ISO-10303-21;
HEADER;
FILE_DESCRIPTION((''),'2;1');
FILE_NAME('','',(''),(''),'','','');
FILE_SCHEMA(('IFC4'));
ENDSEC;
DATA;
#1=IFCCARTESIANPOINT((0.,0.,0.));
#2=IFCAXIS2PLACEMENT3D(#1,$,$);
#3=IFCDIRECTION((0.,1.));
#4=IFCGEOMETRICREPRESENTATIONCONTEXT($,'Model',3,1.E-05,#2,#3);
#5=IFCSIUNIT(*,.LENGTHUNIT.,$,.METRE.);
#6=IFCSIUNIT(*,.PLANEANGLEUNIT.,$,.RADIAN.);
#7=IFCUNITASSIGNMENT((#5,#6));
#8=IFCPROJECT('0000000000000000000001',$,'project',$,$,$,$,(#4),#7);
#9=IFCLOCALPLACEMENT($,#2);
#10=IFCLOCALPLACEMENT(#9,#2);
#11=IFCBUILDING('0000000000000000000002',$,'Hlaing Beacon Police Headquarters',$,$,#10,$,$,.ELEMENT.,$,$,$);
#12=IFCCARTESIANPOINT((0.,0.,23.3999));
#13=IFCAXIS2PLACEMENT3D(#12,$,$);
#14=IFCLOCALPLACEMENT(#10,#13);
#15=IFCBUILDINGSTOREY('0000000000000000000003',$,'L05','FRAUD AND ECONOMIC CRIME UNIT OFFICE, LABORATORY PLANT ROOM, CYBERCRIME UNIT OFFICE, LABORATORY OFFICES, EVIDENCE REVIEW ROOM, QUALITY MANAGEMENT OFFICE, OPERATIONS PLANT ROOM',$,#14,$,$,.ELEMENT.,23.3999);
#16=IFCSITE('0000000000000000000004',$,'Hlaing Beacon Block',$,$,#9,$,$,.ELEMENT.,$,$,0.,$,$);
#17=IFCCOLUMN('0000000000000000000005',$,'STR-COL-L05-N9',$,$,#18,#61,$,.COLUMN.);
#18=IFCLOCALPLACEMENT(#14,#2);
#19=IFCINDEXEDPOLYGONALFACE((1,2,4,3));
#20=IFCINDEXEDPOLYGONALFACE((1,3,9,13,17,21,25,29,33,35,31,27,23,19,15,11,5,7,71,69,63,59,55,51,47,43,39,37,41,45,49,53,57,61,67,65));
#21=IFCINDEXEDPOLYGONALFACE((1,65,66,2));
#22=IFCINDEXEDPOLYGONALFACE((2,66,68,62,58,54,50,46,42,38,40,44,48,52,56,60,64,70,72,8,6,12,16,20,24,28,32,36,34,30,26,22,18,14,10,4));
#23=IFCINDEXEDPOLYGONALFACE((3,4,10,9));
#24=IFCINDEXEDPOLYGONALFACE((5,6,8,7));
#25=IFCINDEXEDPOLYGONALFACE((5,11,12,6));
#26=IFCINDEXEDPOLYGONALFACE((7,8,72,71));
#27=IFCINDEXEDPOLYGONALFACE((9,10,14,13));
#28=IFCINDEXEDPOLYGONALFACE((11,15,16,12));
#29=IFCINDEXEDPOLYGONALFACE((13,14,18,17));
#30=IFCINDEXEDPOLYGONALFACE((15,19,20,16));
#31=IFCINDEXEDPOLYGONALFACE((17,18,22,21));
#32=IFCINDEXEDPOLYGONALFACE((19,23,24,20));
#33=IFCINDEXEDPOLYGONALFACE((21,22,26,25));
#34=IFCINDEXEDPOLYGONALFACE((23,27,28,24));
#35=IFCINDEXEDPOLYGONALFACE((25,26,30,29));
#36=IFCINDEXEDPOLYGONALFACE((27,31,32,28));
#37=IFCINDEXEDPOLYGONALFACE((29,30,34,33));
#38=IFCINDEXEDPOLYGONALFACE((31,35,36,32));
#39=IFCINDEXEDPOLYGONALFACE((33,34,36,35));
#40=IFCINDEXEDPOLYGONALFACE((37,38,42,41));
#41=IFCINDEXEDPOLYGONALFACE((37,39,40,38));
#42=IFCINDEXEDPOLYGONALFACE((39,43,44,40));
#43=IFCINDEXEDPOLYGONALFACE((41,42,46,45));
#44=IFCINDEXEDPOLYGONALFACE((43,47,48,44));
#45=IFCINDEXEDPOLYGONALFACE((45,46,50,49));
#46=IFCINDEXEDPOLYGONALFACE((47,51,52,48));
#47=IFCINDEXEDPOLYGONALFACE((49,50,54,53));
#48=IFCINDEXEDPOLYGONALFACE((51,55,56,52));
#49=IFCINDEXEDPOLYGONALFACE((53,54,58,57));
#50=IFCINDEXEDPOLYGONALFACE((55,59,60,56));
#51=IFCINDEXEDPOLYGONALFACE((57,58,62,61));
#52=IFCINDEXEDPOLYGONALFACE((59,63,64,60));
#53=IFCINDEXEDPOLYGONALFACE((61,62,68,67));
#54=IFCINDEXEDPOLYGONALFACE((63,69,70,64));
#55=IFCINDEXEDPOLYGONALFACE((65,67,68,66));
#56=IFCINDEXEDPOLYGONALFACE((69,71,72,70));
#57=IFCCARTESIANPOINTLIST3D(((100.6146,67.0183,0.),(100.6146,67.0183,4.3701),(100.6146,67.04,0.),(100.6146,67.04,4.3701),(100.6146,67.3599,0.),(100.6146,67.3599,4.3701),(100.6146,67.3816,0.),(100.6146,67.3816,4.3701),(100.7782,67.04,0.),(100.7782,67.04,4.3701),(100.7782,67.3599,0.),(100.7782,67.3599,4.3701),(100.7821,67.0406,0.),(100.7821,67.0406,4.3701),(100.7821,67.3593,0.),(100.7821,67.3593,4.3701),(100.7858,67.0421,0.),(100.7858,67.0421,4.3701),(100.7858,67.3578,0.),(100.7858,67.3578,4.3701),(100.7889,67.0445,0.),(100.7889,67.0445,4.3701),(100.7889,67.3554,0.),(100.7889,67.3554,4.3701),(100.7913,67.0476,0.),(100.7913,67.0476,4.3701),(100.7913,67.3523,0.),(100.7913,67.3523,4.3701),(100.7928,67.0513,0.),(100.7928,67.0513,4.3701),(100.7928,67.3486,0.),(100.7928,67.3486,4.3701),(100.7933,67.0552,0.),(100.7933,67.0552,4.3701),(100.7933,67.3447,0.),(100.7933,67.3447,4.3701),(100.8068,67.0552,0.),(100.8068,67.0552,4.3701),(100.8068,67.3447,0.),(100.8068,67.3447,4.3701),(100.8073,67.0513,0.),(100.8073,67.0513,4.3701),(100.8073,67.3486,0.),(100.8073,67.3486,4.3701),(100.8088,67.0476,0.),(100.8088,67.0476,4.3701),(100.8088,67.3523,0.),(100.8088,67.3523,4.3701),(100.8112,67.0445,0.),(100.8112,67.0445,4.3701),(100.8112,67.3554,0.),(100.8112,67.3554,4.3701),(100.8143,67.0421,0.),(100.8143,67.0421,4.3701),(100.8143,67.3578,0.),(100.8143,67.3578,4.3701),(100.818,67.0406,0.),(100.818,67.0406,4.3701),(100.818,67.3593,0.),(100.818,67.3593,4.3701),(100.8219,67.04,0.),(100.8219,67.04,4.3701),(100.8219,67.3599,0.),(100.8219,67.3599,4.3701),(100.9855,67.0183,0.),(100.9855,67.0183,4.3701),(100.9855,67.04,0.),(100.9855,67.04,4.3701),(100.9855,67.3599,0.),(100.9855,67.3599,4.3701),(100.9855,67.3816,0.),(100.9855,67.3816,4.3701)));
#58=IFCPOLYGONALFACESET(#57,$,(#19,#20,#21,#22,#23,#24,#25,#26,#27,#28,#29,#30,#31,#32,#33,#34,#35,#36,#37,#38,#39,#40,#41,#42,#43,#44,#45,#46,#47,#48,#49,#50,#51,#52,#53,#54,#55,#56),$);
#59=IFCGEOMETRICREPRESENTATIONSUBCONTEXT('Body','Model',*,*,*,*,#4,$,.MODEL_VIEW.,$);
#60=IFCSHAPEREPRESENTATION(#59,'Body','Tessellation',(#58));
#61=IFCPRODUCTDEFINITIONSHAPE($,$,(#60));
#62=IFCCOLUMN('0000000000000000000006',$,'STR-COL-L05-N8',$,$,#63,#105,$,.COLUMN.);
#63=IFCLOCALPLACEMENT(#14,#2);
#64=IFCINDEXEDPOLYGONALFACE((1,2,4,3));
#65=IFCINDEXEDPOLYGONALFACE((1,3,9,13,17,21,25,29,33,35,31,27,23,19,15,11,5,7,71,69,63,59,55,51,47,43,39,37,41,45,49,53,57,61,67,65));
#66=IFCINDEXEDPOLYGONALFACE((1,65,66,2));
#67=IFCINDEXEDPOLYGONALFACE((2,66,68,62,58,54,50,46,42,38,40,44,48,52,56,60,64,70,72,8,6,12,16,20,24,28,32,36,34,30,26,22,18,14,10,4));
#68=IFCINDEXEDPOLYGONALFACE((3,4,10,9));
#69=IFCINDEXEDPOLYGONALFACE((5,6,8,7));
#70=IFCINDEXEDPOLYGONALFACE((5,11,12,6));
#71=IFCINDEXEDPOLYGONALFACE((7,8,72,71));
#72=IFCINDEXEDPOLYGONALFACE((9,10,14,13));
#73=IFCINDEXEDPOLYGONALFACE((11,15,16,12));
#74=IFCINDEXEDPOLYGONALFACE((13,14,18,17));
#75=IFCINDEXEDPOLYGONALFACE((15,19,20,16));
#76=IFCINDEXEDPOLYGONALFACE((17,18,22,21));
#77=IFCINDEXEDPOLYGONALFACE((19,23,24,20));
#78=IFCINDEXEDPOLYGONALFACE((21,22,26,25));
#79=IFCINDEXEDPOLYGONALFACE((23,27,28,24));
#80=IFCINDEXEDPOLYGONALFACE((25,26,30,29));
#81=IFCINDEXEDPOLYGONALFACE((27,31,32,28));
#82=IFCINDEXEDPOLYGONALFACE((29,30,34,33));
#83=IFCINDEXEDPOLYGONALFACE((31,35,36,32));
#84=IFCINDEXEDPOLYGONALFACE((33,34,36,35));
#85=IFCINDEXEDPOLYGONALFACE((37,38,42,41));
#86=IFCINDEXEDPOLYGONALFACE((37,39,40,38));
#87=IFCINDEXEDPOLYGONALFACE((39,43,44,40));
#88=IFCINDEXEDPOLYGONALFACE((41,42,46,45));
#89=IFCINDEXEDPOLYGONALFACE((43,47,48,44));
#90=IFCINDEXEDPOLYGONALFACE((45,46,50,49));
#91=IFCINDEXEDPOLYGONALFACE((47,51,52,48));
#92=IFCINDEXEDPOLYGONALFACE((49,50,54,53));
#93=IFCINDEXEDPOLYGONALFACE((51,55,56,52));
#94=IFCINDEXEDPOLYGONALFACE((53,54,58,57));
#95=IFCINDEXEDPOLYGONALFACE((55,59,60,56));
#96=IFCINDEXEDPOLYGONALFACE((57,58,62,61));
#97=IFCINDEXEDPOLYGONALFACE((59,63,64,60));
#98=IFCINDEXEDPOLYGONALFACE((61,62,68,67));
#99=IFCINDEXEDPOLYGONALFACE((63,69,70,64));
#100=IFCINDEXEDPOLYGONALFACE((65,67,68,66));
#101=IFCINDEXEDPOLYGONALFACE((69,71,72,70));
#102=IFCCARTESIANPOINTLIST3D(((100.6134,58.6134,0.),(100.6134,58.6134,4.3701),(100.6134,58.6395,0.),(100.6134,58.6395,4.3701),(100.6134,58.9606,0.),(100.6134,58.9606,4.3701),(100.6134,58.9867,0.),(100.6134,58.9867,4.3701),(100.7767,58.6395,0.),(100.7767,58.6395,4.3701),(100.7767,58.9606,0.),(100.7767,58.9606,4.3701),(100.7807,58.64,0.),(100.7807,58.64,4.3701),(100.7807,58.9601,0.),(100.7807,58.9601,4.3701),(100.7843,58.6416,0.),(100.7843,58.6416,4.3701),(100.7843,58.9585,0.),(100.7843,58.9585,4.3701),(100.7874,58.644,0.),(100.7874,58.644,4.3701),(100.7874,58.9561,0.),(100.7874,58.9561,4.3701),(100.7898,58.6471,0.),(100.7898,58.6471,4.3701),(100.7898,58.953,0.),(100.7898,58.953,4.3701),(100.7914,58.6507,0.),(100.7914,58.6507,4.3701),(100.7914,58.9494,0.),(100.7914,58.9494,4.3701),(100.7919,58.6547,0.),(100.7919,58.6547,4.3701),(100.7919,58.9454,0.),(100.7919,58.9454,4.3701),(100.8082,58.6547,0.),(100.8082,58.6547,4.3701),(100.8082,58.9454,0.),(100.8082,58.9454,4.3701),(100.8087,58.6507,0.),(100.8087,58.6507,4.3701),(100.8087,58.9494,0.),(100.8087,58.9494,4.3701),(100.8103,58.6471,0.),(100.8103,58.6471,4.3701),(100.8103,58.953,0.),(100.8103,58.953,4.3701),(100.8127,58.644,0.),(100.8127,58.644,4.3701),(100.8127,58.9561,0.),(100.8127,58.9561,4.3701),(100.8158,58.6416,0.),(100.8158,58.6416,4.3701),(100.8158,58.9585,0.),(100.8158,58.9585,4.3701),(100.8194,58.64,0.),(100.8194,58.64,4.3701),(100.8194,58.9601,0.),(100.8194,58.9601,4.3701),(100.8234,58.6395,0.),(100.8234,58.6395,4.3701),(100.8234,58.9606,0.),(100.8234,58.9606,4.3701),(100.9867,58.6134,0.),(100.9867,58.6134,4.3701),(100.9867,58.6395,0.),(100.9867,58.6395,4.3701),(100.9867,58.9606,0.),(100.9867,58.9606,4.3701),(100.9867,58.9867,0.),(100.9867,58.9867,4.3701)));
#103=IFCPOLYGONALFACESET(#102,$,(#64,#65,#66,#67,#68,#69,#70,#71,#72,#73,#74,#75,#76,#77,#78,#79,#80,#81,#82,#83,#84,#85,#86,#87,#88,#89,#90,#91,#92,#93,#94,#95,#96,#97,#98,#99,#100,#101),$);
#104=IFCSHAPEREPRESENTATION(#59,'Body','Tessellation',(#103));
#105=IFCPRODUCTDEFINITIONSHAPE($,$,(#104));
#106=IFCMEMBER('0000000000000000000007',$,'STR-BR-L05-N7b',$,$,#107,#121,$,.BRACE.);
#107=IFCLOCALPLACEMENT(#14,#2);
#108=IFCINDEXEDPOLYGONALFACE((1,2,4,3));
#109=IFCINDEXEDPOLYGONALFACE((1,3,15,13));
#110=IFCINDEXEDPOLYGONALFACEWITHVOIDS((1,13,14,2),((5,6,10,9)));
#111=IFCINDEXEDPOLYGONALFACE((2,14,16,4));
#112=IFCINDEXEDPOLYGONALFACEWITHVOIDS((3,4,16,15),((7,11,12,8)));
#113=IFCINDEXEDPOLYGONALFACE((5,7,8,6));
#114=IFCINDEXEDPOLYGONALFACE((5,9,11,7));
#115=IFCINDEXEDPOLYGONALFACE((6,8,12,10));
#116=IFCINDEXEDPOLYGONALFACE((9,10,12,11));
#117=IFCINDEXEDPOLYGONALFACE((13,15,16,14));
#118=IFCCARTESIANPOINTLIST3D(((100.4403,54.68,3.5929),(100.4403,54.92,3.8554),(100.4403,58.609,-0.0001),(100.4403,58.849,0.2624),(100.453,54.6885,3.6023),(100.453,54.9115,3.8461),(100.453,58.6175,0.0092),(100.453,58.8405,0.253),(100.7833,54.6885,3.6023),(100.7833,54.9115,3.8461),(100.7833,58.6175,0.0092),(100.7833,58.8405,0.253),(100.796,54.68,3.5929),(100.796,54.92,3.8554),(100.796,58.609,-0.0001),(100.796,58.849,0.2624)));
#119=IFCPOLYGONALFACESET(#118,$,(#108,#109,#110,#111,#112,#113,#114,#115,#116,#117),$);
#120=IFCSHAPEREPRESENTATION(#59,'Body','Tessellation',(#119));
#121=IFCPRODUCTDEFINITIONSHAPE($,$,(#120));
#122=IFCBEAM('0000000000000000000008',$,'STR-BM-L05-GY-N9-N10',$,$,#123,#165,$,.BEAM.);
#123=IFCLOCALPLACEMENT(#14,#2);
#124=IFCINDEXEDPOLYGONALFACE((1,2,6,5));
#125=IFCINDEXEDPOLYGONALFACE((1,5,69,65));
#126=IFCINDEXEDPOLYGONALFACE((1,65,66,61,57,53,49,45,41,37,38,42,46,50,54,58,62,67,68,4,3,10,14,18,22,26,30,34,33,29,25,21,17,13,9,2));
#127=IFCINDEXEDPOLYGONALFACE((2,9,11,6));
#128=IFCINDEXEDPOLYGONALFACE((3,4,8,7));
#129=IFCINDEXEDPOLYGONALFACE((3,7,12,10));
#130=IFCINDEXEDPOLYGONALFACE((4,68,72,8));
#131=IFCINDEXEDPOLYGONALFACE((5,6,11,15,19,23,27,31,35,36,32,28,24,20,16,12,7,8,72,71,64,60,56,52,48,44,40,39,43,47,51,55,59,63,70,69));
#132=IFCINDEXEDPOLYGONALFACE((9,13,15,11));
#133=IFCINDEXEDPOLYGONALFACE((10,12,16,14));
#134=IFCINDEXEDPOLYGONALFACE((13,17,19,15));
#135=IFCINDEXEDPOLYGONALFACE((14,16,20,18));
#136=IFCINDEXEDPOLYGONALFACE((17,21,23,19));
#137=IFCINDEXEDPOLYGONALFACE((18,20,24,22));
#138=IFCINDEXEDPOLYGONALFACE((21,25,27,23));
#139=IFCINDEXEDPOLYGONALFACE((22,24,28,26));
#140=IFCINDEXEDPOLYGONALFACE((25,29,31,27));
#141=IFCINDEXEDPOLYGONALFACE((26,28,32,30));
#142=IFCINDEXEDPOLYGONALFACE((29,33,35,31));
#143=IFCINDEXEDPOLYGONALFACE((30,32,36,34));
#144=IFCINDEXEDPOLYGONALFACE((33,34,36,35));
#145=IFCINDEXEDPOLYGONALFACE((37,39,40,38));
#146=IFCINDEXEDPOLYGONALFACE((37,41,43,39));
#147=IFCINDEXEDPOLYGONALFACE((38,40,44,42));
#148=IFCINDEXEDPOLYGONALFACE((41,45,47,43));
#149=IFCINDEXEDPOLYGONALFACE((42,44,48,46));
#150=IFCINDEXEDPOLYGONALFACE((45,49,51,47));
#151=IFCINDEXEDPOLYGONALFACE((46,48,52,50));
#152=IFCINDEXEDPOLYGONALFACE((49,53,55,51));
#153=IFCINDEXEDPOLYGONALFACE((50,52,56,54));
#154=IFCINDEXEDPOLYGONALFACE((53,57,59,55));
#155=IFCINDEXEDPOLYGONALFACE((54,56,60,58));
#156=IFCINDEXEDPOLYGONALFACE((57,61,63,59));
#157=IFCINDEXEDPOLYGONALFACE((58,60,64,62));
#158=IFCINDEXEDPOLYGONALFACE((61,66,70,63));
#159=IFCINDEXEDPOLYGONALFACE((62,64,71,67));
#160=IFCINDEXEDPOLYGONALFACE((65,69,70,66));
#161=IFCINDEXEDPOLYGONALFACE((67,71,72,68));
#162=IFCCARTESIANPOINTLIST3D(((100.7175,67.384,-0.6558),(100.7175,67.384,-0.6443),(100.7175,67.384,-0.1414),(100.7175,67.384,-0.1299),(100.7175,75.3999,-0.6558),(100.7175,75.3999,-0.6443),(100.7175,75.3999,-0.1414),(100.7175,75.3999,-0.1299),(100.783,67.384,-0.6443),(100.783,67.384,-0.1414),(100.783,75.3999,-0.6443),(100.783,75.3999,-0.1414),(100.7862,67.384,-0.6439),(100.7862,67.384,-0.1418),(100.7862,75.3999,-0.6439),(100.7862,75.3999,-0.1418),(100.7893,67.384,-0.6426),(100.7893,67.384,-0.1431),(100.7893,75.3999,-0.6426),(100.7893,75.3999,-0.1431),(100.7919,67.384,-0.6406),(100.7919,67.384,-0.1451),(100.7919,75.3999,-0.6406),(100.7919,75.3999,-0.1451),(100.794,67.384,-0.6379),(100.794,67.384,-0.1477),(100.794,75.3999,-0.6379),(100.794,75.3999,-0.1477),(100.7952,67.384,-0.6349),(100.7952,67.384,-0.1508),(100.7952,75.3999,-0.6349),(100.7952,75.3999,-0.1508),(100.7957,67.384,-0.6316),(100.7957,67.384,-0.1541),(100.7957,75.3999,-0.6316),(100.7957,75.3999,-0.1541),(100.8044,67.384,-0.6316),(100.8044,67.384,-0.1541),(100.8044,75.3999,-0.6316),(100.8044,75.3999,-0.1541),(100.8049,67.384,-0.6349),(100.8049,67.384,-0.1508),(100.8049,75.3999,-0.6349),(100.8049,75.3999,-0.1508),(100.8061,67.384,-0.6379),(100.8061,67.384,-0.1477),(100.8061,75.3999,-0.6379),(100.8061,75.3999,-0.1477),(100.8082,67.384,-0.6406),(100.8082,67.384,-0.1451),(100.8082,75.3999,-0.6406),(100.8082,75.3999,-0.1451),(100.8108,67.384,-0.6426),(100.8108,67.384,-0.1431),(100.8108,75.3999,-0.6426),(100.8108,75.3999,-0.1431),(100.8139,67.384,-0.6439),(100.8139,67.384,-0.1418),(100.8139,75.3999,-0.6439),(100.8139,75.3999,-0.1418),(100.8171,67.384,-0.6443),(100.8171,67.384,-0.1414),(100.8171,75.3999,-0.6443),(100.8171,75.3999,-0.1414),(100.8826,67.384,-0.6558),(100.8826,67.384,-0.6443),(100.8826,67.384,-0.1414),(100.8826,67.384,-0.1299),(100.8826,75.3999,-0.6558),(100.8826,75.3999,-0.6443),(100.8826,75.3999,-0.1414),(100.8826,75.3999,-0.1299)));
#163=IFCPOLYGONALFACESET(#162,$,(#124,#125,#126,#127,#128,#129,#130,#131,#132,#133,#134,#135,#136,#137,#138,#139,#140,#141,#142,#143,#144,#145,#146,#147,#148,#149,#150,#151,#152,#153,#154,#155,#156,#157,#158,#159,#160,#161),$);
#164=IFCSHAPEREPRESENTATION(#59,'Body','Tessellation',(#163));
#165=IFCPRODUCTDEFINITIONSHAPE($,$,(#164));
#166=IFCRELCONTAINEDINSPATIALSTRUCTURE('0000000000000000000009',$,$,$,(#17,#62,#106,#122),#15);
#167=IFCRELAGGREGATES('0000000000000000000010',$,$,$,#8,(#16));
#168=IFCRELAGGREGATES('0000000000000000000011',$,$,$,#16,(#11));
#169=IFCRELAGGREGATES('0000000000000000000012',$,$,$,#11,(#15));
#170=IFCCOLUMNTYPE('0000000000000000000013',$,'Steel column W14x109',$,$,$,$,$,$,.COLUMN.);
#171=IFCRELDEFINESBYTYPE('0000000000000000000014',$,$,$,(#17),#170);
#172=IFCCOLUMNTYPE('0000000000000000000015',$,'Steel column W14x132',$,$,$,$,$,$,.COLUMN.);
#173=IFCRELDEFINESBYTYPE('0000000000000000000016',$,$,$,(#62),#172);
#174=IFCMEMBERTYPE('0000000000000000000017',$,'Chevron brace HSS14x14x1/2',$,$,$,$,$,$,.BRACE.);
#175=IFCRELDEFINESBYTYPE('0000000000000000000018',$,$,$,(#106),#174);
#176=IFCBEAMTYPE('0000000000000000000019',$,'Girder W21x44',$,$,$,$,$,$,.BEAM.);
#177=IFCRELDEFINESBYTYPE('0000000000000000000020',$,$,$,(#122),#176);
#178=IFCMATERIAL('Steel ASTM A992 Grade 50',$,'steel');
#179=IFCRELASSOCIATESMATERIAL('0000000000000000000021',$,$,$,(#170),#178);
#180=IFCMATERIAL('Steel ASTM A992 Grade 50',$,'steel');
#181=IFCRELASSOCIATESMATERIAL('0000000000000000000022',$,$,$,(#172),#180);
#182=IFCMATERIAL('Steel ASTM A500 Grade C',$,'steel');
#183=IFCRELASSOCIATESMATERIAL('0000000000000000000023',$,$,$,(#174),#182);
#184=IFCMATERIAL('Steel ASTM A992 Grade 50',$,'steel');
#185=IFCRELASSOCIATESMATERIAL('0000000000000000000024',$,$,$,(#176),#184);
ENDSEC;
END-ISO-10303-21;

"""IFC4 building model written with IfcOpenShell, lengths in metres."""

from ifc_helpers import new_model, si_unit, direction, frame, origin, origin_2d, place, context, subcontext, project, spatial, hollow_rectangle, i_section, extrude, material, material_profile, profile_set, type_object, element, save


model = new_model("IFC4")

# Units and contexts
model_context = context("Model", 3, precision=1e-05, world=origin(), true_north=direction((0.0, 1.0)))
body_context = subcontext(model_context, "Body", "Model", "MODEL_VIEW")
ifc_project = project(units=[si_unit("LENGTHUNIT", "METRE"), si_unit("PLANEANGLEUNIT", "RADIAN")], contexts=[model_context])

# Site, building, storey
site_placement = place(None, origin())
site = spatial("IfcSite", under=ifc_project, at=site_placement, Name="Hlaing Beacon Block", CompositionType="ELEMENT", RefElevation=0.0)
building_placement = place(site_placement, origin())
building = spatial("IfcBuilding", under=site, at=building_placement, Name="Hlaing Beacon Police Headquarters", CompositionType="ELEMENT")
storey_placement = place(building_placement, frame((0.0, 0.0, 23.3999)))
storey = spatial("IfcBuildingStorey", under=building, at=storey_placement, Name="L05", Description="FRAUD AND ECONOMIC CRIME UNIT OFFICE, LABORATORY PLANT ROOM, CYBERCRIME UNIT OFFICE, LABORATORY OFFICES, EVIDENCE REVIEW ROOM, QUALITY MANAGEMENT OFFICE, OPERATIONS PLANT ROOM", CompositionType="ELEMENT", Elevation=23.3999)

# Columns
ifc_material_1 = material(Name="Steel ASTM A992 Grade 50", Category="steel")
ifc_material_profile_1 = material_profile(ifc_material_1, i_section(OverallWidth=0.3708, OverallDepth=0.3633, WebThickness=0.0134, FlangeThickness=0.0217, FilletRadius=0.0151, at=origin_2d()), Name="W14x109")
ifc_profile_set_1 = profile_set([ifc_material_profile_1], Name="Steel ASTM A992 Grade 50")
column_type_1 = type_object("IfcColumnType", Name="Steel column W14x109", PredefinedType="COLUMN", material=ifc_profile_set_1)
column_1_placement = place(storey_placement, frame((100.8, 67.2, 0.0), z_axis=(0.0, 0.0, 1.0), x_axis=(1.0, 0.0, 0.0)))
element("IfcColumn", 1, at=column_1_placement, inside=storey, type_object=column_type_1, Name="STR-COL-L05-N9", PredefinedType="COLUMN", context=body_context, shape_type="SweptSolid", body=[
    extrude(i_section(OverallWidth=0.3708, OverallDepth=0.3633, WebThickness=0.0134, FlangeThickness=0.0217, FilletRadius=0.0151, at=origin_2d()), origin(), (0.0, 0.0, 1.0), 4.3701),
])
ifc_material_2 = material(Name="Steel ASTM A992 Grade 50", Category="steel")
ifc_material_profile_2 = material_profile(ifc_material_2, i_section(OverallWidth=0.3733, OverallDepth=0.3733, WebThickness=0.0164, FlangeThickness=0.0261, FilletRadius=0.0151, at=origin_2d()), Name="W14x132")
ifc_profile_set_2 = profile_set([ifc_material_profile_2], Name="Steel ASTM A992 Grade 50")
column_type_2 = type_object("IfcColumnType", Name="Steel column W14x132", PredefinedType="COLUMN", material=ifc_profile_set_2)
column_2_placement = place(storey_placement, frame((100.8, 58.8, 0.0), z_axis=(0.0, 0.0, 1.0), x_axis=(1.0, 0.0, 0.0)))
element("IfcColumn", 2, at=column_2_placement, inside=storey, type_object=column_type_2, Name="STR-COL-L05-N8", PredefinedType="COLUMN", context=body_context, shape_type="SweptSolid", body=[
    extrude(i_section(OverallWidth=0.3733, OverallDepth=0.3733, WebThickness=0.0164, FlangeThickness=0.0261, FilletRadius=0.0151, at=origin_2d()), origin(), (0.0, 0.0, 1.0), 4.3701),
])

# Member
ifc_material_3 = material(Name="Steel ASTM A500 Grade C", Category="steel")
ifc_material_profile_3 = material_profile(ifc_material_3, hollow_rectangle(XDim=0.3557, YDim=0.3557, WallThickness=0.0127, at=origin_2d()), Name="HSS14x14x1/2")
ifc_profile_set_3 = profile_set([ifc_material_profile_3], Name="Steel ASTM A500 Grade C")
member_type = type_object("IfcMemberType", Name="Chevron brace HSS14x14x1/2", PredefinedType="BRACE", material=ifc_profile_set_3)
member_placement = place(storey_placement, frame((100.6182, 58.729, 0.1311), z_axis=(0.0, -0.737951, 0.674854), x_axis=(1.0, 0.0, 0.0)))
element("IfcMember", 3, at=member_placement, inside=storey, type_object=member_type, Name="STR-BR-L05-N7b", PredefinedType="BRACE", context=body_context, shape_type="SweptSolid", body=[
    extrude(hollow_rectangle(XDim=0.3557, YDim=0.3557, WallThickness=0.0127, at=origin_2d()), origin(), (0.0, 0.0, 1.0), 5.3242),
])

# Beam
ifc_material_4 = material(Name="Steel ASTM A992 Grade 50", Category="steel")
ifc_material_profile_4 = material_profile(ifc_material_4, i_section(OverallWidth=0.165, OverallDepth=0.5259, WebThickness=0.0088, FlangeThickness=0.0115, FilletRadius=0.0127, at=origin_2d()), Name="W21x44")
ifc_profile_set_4 = profile_set([ifc_material_profile_4], Name="Steel ASTM A992 Grade 50")
beam_type_1 = type_object("IfcBeamType", Name="Girder W21x44", PredefinedType="BEAM", material=ifc_profile_set_4)
beam_1_placement = place(storey_placement, frame((100.8, 67.384, -0.3928), z_axis=(0.0, 1.0, 0.0), x_axis=(-1.0, 0.0, 0.0)))
element("IfcBeam", 4, at=beam_1_placement, inside=storey, type_object=beam_type_1, Name="STR-BM-L05-GY-N9-N10", PredefinedType="BEAM", context=body_context, shape_type="SweptSolid", body=[
    extrude(i_section(OverallWidth=0.165, OverallDepth=0.5259, WebThickness=0.0088, FlangeThickness=0.0115, FilletRadius=0.0127, at=origin_2d()), origin(), (0.0, 0.0, 1.0), 8.0159),
])

save(model, "model.ifc")
